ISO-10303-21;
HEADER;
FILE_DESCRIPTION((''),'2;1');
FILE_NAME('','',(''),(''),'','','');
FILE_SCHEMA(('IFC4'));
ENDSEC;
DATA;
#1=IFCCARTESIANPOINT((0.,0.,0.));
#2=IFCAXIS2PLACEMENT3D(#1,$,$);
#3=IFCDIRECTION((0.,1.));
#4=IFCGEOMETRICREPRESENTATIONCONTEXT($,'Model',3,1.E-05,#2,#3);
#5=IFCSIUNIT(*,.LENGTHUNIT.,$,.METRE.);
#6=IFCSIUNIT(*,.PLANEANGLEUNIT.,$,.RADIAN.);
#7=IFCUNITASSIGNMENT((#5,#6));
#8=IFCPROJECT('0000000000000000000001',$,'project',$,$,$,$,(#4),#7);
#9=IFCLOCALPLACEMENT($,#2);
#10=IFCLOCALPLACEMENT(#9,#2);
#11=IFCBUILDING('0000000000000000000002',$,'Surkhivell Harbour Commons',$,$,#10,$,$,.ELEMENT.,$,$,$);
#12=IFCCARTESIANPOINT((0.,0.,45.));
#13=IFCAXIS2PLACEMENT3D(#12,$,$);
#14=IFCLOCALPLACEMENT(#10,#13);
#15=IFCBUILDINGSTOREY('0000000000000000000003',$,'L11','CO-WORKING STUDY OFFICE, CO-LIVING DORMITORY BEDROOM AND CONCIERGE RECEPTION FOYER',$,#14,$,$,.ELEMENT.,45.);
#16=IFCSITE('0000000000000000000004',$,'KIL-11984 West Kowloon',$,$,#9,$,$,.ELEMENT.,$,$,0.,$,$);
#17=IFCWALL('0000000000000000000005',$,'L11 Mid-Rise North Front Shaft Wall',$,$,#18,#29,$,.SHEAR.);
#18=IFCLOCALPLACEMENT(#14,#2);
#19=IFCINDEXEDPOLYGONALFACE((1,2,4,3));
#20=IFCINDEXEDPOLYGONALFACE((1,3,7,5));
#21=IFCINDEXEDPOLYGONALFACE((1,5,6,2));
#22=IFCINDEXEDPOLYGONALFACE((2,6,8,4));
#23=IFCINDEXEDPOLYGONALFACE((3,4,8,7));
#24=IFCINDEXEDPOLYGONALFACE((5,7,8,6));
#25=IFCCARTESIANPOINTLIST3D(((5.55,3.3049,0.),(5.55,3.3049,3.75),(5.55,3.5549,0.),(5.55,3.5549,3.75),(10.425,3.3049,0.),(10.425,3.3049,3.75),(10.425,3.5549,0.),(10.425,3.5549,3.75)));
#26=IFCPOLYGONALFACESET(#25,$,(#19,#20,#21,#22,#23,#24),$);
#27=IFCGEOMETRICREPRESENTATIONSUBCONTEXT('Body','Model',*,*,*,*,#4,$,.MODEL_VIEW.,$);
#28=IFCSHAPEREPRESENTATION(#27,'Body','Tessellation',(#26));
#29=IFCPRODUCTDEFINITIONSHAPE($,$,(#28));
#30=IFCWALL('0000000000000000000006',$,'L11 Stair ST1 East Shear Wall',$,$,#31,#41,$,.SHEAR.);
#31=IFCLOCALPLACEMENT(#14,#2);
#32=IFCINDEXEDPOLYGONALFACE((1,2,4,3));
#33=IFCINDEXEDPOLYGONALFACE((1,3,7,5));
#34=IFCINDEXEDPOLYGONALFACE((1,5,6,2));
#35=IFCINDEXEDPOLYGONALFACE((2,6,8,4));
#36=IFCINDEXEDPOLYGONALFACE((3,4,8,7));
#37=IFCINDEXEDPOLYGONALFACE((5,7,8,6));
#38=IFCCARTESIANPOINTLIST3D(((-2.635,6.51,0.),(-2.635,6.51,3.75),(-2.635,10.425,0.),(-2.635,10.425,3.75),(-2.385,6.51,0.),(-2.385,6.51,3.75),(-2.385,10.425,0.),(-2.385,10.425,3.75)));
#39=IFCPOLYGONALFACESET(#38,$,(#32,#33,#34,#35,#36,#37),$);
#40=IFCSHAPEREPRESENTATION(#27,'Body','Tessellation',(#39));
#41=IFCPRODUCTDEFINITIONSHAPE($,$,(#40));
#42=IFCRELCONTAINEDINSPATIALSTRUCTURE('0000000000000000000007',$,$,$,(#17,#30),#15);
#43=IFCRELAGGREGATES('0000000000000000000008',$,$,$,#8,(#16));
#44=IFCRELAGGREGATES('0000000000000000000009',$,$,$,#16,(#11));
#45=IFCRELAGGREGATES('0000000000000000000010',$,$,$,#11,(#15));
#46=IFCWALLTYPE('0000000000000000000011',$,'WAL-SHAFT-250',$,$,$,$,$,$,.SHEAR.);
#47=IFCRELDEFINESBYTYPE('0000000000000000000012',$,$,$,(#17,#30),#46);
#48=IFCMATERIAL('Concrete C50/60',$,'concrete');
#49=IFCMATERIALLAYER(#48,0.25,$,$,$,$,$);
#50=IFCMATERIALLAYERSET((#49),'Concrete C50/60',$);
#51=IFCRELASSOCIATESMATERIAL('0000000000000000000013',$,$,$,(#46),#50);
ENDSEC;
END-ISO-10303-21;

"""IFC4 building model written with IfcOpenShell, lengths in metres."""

from ifc_helpers import new_model, si_unit, direction, frame, frame_2d, origin, place, context, subcontext, project, spatial, rectangle, extrude, material, layer, layer_set, type_object, element, save


model = new_model("IFC4")

# Units and contexts
model_context = context("Model", 3, precision=1e-05, world=origin(), true_north=direction((0.0, 1.0)))
body_context = subcontext(model_context, "Body", "Model", "MODEL_VIEW")
ifc_project = project(units=[si_unit("LENGTHUNIT", "METRE"), si_unit("PLANEANGLEUNIT", "RADIAN")], contexts=[model_context])

# Site, building, storey
site_placement = place(None, origin())
site = spatial("IfcSite", under=ifc_project, at=site_placement, Name="KIL-11984 West Kowloon", CompositionType="ELEMENT", RefElevation=0.0)
building_placement = place(site_placement, origin())
building = spatial("IfcBuilding", under=site, at=building_placement, Name="Surkhivell Harbour Commons", CompositionType="ELEMENT")
storey_placement = place(building_placement, frame((0.0, 0.0, 45.0)))
storey = spatial("IfcBuildingStorey", under=building, at=storey_placement, Name="L11", Description="CO-WORKING STUDY OFFICE, CO-LIVING DORMITORY BEDROOM AND CONCIERGE RECEPTION FOYER", CompositionType="ELEMENT", Elevation=45.0)

# Shared definitions
ifc_material_1 = material(Name="Concrete C50/60", Category="concrete")
ifc_layer_1 = layer(ifc_material_1, 0.25)
ifc_layer_set_1 = layer_set([ifc_layer_1], Name="Concrete C50/60")
wall_type_1 = type_object("IfcWallType", Name="WAL-SHAFT-250", PredefinedType="SHEAR", material=ifc_layer_set_1)

# Walls
wall_1_placement = place(storey_placement, frame((5.55, 3.4299, 0.0), z_axis=(0.0, 0.0, 1.0), x_axis=(1.0, 0.0, 0.0)))
element("IfcWall", 1, at=wall_1_placement, inside=storey, type_object=wall_type_1, Name="L11 Mid-Rise North Front Shaft Wall", PredefinedType="SHEAR", context=body_context, shape_type="SweptSolid", body=[
    extrude(rectangle(XDim=4.875, YDim=0.25, at=frame_2d((2.4375, 0.0))), origin(), (0.0, 0.0, 1.0), 3.75),
])
wall_2_placement = place(storey_placement, frame((-2.51, 6.51, 0.0), z_axis=(0.0, 0.0, 1.0), x_axis=(0.0, 1.0, 0.0)))
element("IfcWall", 2, at=wall_2_placement, inside=storey, type_object=wall_type_1, Name="L11 Stair ST1 East Shear Wall", PredefinedType="SHEAR", context=body_context, shape_type="SweptSolid", body=[
    extrude(rectangle(XDim=3.915, YDim=0.25, at=frame_2d((1.9575, 0.0))), origin(), (0.0, 0.0, 1.0), 3.75),
])

save(model, "model.ifc")
